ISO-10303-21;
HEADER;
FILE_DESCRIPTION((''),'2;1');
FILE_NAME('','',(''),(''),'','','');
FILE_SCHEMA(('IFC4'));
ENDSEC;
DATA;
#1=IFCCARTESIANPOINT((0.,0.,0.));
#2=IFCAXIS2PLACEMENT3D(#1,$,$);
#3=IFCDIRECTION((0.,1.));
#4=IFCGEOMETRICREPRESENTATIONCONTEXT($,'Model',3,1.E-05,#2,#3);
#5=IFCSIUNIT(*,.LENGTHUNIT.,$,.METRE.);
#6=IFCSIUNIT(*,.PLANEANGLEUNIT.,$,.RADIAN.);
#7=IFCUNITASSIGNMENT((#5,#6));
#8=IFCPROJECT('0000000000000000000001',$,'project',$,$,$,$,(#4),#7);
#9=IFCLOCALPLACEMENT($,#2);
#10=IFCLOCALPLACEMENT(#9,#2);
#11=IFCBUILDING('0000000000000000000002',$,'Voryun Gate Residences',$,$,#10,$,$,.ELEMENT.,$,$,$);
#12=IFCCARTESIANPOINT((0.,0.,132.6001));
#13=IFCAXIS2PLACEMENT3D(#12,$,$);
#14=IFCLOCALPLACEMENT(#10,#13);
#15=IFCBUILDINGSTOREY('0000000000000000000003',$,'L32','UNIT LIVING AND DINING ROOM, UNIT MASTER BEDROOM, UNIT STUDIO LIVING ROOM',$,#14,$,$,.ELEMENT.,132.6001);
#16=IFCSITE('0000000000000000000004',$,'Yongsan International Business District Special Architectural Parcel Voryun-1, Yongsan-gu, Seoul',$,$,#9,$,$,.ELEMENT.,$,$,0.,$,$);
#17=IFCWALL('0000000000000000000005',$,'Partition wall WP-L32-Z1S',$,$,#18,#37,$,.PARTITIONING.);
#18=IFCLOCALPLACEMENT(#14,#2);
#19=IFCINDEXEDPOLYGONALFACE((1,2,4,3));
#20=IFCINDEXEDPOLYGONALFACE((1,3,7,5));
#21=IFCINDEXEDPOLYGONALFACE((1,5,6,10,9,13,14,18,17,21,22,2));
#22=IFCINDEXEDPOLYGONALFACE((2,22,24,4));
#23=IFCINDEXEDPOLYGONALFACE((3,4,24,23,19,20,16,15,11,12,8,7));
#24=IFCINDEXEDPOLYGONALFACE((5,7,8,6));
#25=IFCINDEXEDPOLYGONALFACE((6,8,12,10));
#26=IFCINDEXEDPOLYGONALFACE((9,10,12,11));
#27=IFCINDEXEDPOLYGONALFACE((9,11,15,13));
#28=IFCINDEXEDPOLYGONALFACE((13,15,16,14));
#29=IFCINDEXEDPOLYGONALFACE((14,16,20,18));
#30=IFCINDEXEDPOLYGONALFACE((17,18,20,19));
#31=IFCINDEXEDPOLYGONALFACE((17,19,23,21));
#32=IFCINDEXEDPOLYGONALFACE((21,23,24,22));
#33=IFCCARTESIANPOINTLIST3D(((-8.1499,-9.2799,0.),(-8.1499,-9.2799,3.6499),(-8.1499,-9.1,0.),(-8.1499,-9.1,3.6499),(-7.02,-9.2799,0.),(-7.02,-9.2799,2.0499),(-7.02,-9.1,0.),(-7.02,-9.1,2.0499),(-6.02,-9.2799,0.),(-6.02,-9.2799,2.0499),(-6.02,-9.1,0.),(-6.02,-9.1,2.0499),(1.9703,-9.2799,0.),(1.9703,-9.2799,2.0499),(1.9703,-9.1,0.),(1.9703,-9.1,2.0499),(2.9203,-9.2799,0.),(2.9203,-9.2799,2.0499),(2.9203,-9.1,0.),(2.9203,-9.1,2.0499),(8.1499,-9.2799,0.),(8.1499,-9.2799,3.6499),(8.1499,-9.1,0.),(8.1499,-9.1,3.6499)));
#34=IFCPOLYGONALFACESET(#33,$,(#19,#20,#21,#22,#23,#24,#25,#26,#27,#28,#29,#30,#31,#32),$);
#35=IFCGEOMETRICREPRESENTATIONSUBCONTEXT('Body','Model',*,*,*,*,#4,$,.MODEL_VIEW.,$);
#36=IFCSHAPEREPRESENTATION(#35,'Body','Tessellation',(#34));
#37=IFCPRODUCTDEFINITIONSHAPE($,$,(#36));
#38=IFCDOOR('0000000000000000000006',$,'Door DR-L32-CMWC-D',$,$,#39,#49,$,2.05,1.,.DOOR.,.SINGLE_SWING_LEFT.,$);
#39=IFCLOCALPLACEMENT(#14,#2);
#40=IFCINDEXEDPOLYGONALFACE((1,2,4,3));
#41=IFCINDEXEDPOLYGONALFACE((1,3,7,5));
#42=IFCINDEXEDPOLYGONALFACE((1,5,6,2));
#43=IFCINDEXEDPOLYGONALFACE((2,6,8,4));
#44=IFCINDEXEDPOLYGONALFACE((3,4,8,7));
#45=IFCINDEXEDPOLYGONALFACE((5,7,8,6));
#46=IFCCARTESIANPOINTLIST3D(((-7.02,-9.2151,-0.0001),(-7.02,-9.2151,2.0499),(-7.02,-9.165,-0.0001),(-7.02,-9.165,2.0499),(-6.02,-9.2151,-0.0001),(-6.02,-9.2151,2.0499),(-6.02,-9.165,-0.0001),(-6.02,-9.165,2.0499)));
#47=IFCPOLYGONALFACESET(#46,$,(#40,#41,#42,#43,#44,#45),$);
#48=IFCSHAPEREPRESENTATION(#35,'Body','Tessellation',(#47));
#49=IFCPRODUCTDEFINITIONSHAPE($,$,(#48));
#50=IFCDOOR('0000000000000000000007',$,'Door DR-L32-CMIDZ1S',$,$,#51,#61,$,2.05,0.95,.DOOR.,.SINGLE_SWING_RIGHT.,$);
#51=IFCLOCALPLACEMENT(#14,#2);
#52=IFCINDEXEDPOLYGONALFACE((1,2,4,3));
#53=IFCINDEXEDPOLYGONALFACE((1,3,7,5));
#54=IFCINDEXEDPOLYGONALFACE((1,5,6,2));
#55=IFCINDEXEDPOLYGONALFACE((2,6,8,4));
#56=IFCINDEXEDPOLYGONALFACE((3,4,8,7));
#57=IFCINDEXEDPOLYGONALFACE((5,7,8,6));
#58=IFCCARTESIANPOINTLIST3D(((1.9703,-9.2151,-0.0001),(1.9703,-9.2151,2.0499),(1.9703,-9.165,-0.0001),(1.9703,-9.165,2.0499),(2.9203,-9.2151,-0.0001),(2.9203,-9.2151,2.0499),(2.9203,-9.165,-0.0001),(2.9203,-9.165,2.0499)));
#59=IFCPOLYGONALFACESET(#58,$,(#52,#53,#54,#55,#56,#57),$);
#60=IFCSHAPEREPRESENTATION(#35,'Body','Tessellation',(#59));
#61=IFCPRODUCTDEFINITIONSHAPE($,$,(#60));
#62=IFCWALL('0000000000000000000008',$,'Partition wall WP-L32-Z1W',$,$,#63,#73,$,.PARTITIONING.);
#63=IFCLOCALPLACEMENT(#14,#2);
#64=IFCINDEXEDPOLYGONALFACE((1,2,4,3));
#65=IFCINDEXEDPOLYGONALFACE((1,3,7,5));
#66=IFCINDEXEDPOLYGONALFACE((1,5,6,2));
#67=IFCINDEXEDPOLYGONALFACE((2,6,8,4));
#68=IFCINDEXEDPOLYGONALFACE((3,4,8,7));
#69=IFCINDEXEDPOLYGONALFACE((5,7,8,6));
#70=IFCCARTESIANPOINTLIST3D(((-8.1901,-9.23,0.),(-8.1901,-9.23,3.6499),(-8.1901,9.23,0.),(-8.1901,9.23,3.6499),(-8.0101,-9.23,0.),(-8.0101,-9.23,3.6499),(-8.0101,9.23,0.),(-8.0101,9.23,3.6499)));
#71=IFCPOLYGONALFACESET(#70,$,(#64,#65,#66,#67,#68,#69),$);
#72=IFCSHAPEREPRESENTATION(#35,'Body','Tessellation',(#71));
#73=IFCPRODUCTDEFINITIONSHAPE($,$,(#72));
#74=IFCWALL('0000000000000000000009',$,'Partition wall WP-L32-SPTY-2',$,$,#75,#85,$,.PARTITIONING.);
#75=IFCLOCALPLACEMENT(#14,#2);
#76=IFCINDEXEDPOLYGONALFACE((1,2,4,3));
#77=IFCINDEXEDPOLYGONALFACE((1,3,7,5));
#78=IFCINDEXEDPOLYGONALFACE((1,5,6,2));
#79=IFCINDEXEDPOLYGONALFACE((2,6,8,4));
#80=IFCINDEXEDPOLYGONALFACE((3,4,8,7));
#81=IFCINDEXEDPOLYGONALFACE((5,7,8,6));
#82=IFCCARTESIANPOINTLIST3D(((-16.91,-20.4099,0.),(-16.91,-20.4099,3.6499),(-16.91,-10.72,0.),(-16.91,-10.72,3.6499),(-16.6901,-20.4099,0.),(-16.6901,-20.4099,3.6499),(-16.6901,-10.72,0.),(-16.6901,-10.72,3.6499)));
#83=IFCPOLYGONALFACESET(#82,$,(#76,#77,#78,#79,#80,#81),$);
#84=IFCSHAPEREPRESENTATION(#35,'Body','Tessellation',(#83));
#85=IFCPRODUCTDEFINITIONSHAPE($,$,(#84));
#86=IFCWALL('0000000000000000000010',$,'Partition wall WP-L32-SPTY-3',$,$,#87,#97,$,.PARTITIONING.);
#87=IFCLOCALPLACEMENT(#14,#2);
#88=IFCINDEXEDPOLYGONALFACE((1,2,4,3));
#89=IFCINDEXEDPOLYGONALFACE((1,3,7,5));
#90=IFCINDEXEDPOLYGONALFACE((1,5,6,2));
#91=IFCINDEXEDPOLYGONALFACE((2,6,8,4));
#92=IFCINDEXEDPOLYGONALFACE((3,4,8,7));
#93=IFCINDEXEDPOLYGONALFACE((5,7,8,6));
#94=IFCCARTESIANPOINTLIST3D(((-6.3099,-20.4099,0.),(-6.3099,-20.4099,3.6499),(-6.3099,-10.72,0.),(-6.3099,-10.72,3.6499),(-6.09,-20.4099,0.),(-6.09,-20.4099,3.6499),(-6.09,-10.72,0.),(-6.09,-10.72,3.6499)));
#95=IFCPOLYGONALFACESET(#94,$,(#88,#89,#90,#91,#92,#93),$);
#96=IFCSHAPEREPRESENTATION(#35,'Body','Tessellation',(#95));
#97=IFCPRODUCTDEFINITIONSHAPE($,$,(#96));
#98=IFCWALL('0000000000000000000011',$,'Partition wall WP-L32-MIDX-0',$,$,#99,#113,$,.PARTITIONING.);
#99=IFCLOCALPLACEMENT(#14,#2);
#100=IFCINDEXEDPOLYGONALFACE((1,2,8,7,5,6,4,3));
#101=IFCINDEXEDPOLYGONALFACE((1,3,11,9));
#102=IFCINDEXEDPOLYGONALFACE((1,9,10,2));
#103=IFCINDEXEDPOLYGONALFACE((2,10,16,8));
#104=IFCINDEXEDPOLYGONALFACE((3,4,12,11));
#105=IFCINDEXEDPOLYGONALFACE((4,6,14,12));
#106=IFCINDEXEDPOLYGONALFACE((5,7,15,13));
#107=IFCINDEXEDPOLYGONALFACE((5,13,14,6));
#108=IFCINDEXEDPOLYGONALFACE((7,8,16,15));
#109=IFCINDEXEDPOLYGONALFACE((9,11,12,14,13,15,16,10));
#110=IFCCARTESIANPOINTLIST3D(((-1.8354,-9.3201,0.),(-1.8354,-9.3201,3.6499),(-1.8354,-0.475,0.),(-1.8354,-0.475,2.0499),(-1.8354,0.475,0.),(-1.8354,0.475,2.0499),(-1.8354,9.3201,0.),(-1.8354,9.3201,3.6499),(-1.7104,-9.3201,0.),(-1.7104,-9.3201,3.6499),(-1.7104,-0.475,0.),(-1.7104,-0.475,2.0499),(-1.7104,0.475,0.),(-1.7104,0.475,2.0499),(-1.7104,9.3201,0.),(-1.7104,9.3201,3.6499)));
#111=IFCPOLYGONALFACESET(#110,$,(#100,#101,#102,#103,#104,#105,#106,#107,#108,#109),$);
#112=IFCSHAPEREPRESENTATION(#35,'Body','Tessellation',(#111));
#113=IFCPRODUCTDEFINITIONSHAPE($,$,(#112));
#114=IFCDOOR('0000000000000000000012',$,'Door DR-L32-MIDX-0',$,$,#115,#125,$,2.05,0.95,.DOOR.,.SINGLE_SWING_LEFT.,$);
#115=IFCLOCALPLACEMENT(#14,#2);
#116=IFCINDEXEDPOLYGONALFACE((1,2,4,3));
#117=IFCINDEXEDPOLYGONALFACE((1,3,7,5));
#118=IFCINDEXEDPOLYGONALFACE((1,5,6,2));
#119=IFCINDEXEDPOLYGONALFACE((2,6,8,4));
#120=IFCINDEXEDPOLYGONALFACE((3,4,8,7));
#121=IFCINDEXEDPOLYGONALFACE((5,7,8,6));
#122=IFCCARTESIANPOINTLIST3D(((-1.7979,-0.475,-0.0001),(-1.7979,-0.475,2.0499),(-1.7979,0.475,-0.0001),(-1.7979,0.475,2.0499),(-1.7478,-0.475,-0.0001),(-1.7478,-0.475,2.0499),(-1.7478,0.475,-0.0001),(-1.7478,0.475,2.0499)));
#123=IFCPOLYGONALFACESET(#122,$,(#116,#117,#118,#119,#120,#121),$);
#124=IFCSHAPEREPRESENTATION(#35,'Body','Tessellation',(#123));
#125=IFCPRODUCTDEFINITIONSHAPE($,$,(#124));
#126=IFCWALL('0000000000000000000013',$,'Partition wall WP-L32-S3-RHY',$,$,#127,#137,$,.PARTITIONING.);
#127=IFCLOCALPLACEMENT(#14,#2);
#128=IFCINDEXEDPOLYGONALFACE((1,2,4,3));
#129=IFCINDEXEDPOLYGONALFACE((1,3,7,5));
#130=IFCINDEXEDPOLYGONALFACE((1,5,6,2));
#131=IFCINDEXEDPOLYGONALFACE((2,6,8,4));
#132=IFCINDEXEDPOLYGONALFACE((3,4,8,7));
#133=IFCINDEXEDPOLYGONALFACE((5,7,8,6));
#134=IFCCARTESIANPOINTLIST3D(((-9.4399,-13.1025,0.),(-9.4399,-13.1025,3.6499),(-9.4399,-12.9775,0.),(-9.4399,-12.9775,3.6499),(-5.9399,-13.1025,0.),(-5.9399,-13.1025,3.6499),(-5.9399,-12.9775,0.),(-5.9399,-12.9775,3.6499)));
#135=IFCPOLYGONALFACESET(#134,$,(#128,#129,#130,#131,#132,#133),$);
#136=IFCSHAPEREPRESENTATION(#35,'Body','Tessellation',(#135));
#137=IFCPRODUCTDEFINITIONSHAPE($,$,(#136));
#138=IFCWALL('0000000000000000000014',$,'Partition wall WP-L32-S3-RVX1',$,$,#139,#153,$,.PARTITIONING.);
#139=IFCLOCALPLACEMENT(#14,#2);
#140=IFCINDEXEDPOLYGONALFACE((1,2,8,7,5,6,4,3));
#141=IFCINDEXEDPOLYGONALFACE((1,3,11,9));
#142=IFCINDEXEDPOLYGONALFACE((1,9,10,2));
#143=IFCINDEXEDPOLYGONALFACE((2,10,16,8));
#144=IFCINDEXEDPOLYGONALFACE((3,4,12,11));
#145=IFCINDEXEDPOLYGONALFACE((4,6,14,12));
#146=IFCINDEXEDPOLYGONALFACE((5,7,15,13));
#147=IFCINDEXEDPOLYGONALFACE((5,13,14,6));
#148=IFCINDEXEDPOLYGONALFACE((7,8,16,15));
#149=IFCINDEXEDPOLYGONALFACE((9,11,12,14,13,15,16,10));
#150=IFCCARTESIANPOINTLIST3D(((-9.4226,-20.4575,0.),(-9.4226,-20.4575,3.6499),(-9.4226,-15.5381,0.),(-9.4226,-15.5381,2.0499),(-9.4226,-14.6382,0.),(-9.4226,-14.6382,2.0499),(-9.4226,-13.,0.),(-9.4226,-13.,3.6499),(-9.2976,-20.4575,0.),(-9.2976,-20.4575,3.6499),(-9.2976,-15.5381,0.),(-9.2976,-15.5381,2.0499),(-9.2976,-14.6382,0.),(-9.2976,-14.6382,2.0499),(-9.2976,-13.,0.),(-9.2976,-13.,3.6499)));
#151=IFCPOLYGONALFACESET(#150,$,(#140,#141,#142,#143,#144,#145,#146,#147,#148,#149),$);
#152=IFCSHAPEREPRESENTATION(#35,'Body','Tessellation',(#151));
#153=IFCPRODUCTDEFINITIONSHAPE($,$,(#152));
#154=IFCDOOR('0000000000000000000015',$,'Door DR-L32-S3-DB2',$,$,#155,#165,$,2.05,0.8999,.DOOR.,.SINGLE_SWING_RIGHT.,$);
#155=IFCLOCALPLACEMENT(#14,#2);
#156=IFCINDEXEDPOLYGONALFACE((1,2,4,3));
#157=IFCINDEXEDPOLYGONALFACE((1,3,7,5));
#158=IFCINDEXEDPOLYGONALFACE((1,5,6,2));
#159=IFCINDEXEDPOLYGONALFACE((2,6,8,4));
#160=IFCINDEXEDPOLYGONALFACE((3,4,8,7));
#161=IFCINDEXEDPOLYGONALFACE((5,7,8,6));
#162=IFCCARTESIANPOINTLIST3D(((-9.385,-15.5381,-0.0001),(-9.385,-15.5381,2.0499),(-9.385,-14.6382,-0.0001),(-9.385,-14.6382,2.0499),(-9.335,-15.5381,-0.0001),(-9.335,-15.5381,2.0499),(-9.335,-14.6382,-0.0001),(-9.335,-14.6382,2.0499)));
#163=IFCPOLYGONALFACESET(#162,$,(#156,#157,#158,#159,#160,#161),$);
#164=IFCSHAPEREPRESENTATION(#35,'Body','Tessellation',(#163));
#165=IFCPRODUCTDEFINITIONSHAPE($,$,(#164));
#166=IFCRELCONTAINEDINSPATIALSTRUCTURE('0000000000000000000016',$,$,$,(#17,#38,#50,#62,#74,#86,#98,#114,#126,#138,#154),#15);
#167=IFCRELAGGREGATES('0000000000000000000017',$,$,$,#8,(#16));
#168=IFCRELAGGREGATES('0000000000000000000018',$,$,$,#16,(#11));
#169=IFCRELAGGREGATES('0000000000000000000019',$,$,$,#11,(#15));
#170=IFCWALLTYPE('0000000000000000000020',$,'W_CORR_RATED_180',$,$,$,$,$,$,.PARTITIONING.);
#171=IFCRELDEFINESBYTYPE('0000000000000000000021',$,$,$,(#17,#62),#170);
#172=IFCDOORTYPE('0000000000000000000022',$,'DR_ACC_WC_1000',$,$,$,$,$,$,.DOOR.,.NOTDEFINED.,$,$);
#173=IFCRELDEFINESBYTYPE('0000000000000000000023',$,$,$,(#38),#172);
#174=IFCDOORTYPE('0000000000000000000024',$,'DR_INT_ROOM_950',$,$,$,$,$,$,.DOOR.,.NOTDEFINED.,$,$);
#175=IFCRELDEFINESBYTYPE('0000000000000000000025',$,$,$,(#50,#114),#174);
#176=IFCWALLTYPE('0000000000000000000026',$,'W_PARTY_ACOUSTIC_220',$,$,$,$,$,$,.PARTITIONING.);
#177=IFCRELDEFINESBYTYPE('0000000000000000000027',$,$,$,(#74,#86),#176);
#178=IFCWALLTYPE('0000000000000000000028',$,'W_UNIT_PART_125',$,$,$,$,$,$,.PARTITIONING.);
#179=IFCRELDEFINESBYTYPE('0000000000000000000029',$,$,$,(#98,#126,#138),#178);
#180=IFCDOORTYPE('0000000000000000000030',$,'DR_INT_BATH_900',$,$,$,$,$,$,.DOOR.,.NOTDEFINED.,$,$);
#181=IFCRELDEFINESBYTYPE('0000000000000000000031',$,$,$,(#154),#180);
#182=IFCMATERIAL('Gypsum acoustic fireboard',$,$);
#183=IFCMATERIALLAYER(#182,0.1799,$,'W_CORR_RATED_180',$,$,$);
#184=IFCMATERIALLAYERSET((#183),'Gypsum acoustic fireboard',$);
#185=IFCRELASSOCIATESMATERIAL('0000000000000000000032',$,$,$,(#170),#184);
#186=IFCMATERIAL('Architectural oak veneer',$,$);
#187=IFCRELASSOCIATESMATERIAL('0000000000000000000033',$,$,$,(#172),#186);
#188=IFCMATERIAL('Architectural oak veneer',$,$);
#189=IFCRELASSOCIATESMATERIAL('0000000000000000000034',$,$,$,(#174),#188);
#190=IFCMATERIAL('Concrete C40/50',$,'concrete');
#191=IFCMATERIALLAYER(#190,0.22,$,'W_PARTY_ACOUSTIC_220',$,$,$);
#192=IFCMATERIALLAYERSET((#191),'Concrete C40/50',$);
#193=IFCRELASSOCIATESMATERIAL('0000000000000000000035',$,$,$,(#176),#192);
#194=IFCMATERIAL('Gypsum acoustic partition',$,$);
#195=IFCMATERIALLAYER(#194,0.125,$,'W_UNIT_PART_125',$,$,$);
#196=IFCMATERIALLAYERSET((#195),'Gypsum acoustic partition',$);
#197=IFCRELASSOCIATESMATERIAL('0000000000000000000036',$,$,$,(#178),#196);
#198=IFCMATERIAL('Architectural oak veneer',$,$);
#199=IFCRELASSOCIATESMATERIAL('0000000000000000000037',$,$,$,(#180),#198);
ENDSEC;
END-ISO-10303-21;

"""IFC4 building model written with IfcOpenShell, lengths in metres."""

from ifc_helpers import new_model, si_unit, direction, frame, frame_2d, origin, place, context, subcontext, project, spatial, rectangle, extrude, material, layer, layer_set, type_object, element, fill, save


model = new_model("IFC4")

# Units and contexts
model_context = context("Model", 3, precision=1e-05, world=origin(), true_north=direction((0.0, 1.0)))
body_context = subcontext(model_context, "Body", "Model", "MODEL_VIEW")
ifc_project = project(units=[si_unit("LENGTHUNIT", "METRE"), si_unit("PLANEANGLEUNIT", "RADIAN")], contexts=[model_context])

# Site, building, storey
site_placement = place(None, origin())
site = spatial("IfcSite", under=ifc_project, at=site_placement, Name="Yongsan International Business District Special Architectural Parcel Voryun-1, Yongsan-gu, Seoul", CompositionType="ELEMENT", RefElevation=0.0)
building_placement = place(site_placement, origin())
building = spatial("IfcBuilding", under=site, at=building_placement, Name="Voryun Gate Residences", CompositionType="ELEMENT")
storey_placement = place(building_placement, frame((0.0, 0.0, 132.6001)))
storey = spatial("IfcBuildingStorey", under=building, at=storey_placement, Name="L32", Description="UNIT LIVING AND DINING ROOM, UNIT MASTER BEDROOM, UNIT STUDIO LIVING ROOM", CompositionType="ELEMENT", Elevation=132.6001)

# Shared definitions
ifc_material_1 = material(Name="Gypsum acoustic fireboard")
ifc_layer_1 = layer(ifc_material_1, 0.1799, Name="W_CORR_RATED_180")
ifc_layer_set_1 = layer_set([ifc_layer_1], Name="Gypsum acoustic fireboard")
wall_type_1 = type_object("IfcWallType", Name="W_CORR_RATED_180", PredefinedType="PARTITIONING", material=ifc_layer_set_1)

# Wall, openings, doors
wall_1_placement = place(storey_placement, frame((-8.1499, -9.1899, 0.0), z_axis=(0.0, 0.0, 1.0), x_axis=(1.0, 0.0, 0.0)))
wall_1 = element("IfcWall", 1, at=wall_1_placement, inside=storey, type_object=wall_type_1, Name="Partition wall WP-L32-Z1S", PredefinedType="PARTITIONING", context=body_context, shape_type="SweptSolid", body=[
    extrude(rectangle(XDim=16.2998, YDim=0.1799, at=frame_2d((8.1499, 0.0))), origin(), (0.0, 0.0, 1.0), 3.6499),
])
opening_1_placement = place(wall_1_placement, frame((1.1299, 0.0, 0.0)))
opening_1 = element("IfcOpeningElement", 2, at=opening_1_placement, cuts=wall_1, PredefinedType="OPENING", context=body_context, shape_type="SweptSolid", body=[
    extrude(rectangle(XDim=1.0, YDim=2.05, at=frame_2d((0.5, 1.0249))), frame((0.0, 0.0999, 0.0), z_axis=(0.0, -1.0, 0.0), x_axis=(1.0, 0.0, 0.0)), (0.0, 0.0, 1.0), 0.2),
])
opening_2_placement = place(wall_1_placement, frame((10.1201, 0.0, 0.0)))
opening_2 = element("IfcOpeningElement", 3, at=opening_2_placement, cuts=wall_1, PredefinedType="OPENING", context=body_context, shape_type="SweptSolid", body=[
    extrude(rectangle(XDim=0.95, YDim=2.05, at=frame_2d((0.4751, 1.0249))), frame((0.0, 0.0999, 0.0), z_axis=(0.0, -1.0, 0.0), x_axis=(1.0, 0.0, 0.0)), (0.0, 0.0, 1.0), 0.2),
])
ifc_material_2 = material(Name="Architectural oak veneer")
door_type_1 = type_object("IfcDoorType", Name="DR_ACC_WC_1000", OperationType="NOTDEFINED", PredefinedType="DOOR", material=ifc_material_2)
door_1_placement = place(opening_1_placement, origin())
door_1 = element("IfcDoor", 4, at=door_1_placement, inside=storey, type_object=door_type_1, Name="Door DR-L32-CMWC-D", OperationType="SINGLE_SWING_LEFT", OverallHeight=2.05, OverallWidth=1.0, PredefinedType="DOOR", context=body_context, shape_type="SweptSolid", body=[
    extrude(rectangle(XDim=1.0, YDim=2.05, at=frame_2d((0.5, 1.0249))), frame((0.0, 0.0249, 0.0), z_axis=(0.0, -1.0, 0.0), x_axis=(1.0, 0.0, 0.0)), (0.0, 0.0, 1.0), 0.05),
])
fill(opening_1, door_1)
ifc_material_3 = material(Name="Architectural oak veneer")
door_type_2 = type_object("IfcDoorType", Name="DR_INT_ROOM_950", OperationType="NOTDEFINED", PredefinedType="DOOR", material=ifc_material_3)
door_2_placement = place(opening_2_placement, origin())
door_2 = element("IfcDoor", 5, at=door_2_placement, inside=storey, type_object=door_type_2, Name="Door DR-L32-CMIDZ1S", OperationType="SINGLE_SWING_RIGHT", OverallHeight=2.05, OverallWidth=0.95, PredefinedType="DOOR", context=body_context, shape_type="SweptSolid", body=[
    extrude(rectangle(XDim=0.95, YDim=2.05, at=frame_2d((0.4751, 1.0249))), frame((0.0, 0.0249, 0.0), z_axis=(0.0, -1.0, 0.0), x_axis=(1.0, 0.0, 0.0)), (0.0, 0.0, 1.0), 0.05),
])
fill(opening_2, door_2)

# Walls
wall_2_placement = place(storey_placement, frame((-8.1001, -9.23, 0.0), z_axis=(0.0, 0.0, 1.0), x_axis=(0.0, 1.0, 0.0)))
element("IfcWall", 6, at=wall_2_placement, inside=storey, type_object=wall_type_1, Name="Partition wall WP-L32-Z1W", PredefinedType="PARTITIONING", context=body_context, shape_type="SweptSolid", body=[
    extrude(rectangle(XDim=18.46, YDim=0.1799, at=frame_2d((9.23, 0.0))), origin(), (0.0, 0.0, 1.0), 3.6499),
])
ifc_material_4 = material(Name="Concrete C40/50", Category="concrete")
ifc_layer_2 = layer(ifc_material_4, 0.22, Name="W_PARTY_ACOUSTIC_220")
ifc_layer_set_2 = layer_set([ifc_layer_2], Name="Concrete C40/50")
wall_type_2 = type_object("IfcWallType", Name="W_PARTY_ACOUSTIC_220", PredefinedType="PARTITIONING", material=ifc_layer_set_2)
for number, where, z_axis, x_axis, name in (
    (7, (-16.8, -20.4099, 0.0), (0.0, 0.0, 1.0), (0.0, 1.0, 0.0), "Partition wall WP-L32-SPTY-2"),
    (8, (-6.2, -20.4099, 0.0), (0.0, 0.0, 1.0), (0.0, 1.0, 0.0), "Partition wall WP-L32-SPTY-3"),
):
    element("IfcWall", number, at=place(storey_placement, frame(where, z_axis=z_axis, x_axis=x_axis)), inside=storey, type_object=wall_type_2, Name=name, PredefinedType="PARTITIONING", context=body_context, shape_type="SweptSolid", body=[
        extrude(rectangle(XDim=9.6899, YDim=0.22, at=frame_2d((4.845, 0.0))), origin(), (0.0, 0.0, 1.0), 3.6499),
    ])

# Wall, opening, door
ifc_material_5 = material(Name="Gypsum acoustic partition")
ifc_layer_3 = layer(ifc_material_5, 0.125, Name="W_UNIT_PART_125")
ifc_layer_set_3 = layer_set([ifc_layer_3], Name="Gypsum acoustic partition")
wall_type_3 = type_object("IfcWallType", Name="W_UNIT_PART_125", PredefinedType="PARTITIONING", material=ifc_layer_set_3)
wall_3_placement = place(storey_placement, frame((-1.7729, -9.3201, 0.0), z_axis=(0.0, 0.0, 1.0), x_axis=(0.0, 1.0, 0.0)))
wall_3 = element("IfcWall", 9, at=wall_3_placement, inside=storey, type_object=wall_type_3, Name="Partition wall WP-L32-MIDX-0", PredefinedType="PARTITIONING", context=body_context, shape_type="SweptSolid", body=[
    extrude(rectangle(XDim=18.6401, YDim=0.125, at=frame_2d((9.3201, 0.0))), origin(), (0.0, 0.0, 1.0), 3.6499),
])
opening_3_placement = place(wall_3_placement, frame((8.845, 0.0, 0.0)))
opening_3 = element("IfcOpeningElement", 10, at=opening_3_placement, cuts=wall_3, PredefinedType="OPENING", context=body_context, shape_type="SweptSolid", body=[
    extrude(rectangle(XDim=0.95, YDim=2.05, at=frame_2d((0.4751, 1.0249))), frame((0.0, 0.0725, 0.0), z_axis=(0.0, -1.0, 0.0), x_axis=(1.0, 0.0, 0.0)), (0.0, 0.0, 1.0), 0.145),
])
door_3_placement = place(opening_3_placement, origin())
door_3 = element("IfcDoor", 11, at=door_3_placement, inside=storey, type_object=door_type_2, Name="Door DR-L32-MIDX-0", OperationType="SINGLE_SWING_LEFT", OverallHeight=2.05, OverallWidth=0.95, PredefinedType="DOOR", context=body_context, shape_type="SweptSolid", body=[
    extrude(rectangle(XDim=0.95, YDim=2.05, at=frame_2d((0.4751, 1.0249))), frame((0.0, 0.0249, 0.0), z_axis=(0.0, -1.0, 0.0), x_axis=(1.0, 0.0, 0.0)), (0.0, 0.0, 1.0), 0.05),
])
fill(opening_3, door_3)

# Wall
wall_4_placement = place(storey_placement, frame((-9.4399, -13.04, 0.0), z_axis=(0.0, 0.0, 1.0), x_axis=(1.0, 0.0, 0.0)))
element("IfcWall", 12, at=wall_4_placement, inside=storey, type_object=wall_type_3, Name="Partition wall WP-L32-S3-RHY", PredefinedType="PARTITIONING", context=body_context, shape_type="SweptSolid", body=[
    extrude(rectangle(XDim=3.5, YDim=0.125, at=frame_2d((1.75, 0.0))), origin(), (0.0, 0.0, 1.0), 3.6499),
])

# Wall, opening, door
wall_5_placement = place(storey_placement, frame((-9.3601, -20.4575, 0.0), z_axis=(0.0, 0.0, 1.0), x_axis=(0.0, 1.0, 0.0)))
wall_5 = element("IfcWall", 13, at=wall_5_placement, inside=storey, type_object=wall_type_3, Name="Partition wall WP-L32-S3-RVX1", PredefinedType="PARTITIONING", context=body_context, shape_type="SweptSolid", body=[
    extrude(rectangle(XDim=7.4575, YDim=0.125, at=frame_2d((3.7288, 0.0))), origin(), (0.0, 0.0, 1.0), 3.6499),
])
opening_4_placement = place(wall_5_placement, frame((4.9194, 0.0, 0.0)))
opening_4 = element("IfcOpeningElement", 14, at=opening_4_placement, cuts=wall_5, PredefinedType="OPENING", context=body_context, shape_type="SweptSolid", body=[
    extrude(rectangle(XDim=0.8999, YDim=2.05, at=frame_2d((0.45, 1.0249))), frame((0.0, 0.0725, 0.0), z_axis=(0.0, -1.0, 0.0), x_axis=(1.0, 0.0, 0.0)), (0.0, 0.0, 1.0), 0.145),
])
ifc_material_6 = material(Name="Architectural oak veneer")
door_type_3 = type_object("IfcDoorType", Name="DR_INT_BATH_900", OperationType="NOTDEFINED", PredefinedType="DOOR", material=ifc_material_6)
door_4_placement = place(opening_4_placement, origin())
door_4 = element("IfcDoor", 15, at=door_4_placement, inside=storey, type_object=door_type_3, Name="Door DR-L32-S3-DB2", OperationType="SINGLE_SWING_RIGHT", OverallHeight=2.05, OverallWidth=0.8999, PredefinedType="DOOR", context=body_context, shape_type="SweptSolid", body=[
    extrude(rectangle(XDim=0.8999, YDim=2.05, at=frame_2d((0.45, 1.0249))), frame((0.0, 0.0249, 0.0), z_axis=(0.0, -1.0, 0.0), x_axis=(1.0, 0.0, 0.0)), (0.0, 0.0, 1.0), 0.05),
])
fill(opening_4, door_4)

save(model, "model.ifc")
